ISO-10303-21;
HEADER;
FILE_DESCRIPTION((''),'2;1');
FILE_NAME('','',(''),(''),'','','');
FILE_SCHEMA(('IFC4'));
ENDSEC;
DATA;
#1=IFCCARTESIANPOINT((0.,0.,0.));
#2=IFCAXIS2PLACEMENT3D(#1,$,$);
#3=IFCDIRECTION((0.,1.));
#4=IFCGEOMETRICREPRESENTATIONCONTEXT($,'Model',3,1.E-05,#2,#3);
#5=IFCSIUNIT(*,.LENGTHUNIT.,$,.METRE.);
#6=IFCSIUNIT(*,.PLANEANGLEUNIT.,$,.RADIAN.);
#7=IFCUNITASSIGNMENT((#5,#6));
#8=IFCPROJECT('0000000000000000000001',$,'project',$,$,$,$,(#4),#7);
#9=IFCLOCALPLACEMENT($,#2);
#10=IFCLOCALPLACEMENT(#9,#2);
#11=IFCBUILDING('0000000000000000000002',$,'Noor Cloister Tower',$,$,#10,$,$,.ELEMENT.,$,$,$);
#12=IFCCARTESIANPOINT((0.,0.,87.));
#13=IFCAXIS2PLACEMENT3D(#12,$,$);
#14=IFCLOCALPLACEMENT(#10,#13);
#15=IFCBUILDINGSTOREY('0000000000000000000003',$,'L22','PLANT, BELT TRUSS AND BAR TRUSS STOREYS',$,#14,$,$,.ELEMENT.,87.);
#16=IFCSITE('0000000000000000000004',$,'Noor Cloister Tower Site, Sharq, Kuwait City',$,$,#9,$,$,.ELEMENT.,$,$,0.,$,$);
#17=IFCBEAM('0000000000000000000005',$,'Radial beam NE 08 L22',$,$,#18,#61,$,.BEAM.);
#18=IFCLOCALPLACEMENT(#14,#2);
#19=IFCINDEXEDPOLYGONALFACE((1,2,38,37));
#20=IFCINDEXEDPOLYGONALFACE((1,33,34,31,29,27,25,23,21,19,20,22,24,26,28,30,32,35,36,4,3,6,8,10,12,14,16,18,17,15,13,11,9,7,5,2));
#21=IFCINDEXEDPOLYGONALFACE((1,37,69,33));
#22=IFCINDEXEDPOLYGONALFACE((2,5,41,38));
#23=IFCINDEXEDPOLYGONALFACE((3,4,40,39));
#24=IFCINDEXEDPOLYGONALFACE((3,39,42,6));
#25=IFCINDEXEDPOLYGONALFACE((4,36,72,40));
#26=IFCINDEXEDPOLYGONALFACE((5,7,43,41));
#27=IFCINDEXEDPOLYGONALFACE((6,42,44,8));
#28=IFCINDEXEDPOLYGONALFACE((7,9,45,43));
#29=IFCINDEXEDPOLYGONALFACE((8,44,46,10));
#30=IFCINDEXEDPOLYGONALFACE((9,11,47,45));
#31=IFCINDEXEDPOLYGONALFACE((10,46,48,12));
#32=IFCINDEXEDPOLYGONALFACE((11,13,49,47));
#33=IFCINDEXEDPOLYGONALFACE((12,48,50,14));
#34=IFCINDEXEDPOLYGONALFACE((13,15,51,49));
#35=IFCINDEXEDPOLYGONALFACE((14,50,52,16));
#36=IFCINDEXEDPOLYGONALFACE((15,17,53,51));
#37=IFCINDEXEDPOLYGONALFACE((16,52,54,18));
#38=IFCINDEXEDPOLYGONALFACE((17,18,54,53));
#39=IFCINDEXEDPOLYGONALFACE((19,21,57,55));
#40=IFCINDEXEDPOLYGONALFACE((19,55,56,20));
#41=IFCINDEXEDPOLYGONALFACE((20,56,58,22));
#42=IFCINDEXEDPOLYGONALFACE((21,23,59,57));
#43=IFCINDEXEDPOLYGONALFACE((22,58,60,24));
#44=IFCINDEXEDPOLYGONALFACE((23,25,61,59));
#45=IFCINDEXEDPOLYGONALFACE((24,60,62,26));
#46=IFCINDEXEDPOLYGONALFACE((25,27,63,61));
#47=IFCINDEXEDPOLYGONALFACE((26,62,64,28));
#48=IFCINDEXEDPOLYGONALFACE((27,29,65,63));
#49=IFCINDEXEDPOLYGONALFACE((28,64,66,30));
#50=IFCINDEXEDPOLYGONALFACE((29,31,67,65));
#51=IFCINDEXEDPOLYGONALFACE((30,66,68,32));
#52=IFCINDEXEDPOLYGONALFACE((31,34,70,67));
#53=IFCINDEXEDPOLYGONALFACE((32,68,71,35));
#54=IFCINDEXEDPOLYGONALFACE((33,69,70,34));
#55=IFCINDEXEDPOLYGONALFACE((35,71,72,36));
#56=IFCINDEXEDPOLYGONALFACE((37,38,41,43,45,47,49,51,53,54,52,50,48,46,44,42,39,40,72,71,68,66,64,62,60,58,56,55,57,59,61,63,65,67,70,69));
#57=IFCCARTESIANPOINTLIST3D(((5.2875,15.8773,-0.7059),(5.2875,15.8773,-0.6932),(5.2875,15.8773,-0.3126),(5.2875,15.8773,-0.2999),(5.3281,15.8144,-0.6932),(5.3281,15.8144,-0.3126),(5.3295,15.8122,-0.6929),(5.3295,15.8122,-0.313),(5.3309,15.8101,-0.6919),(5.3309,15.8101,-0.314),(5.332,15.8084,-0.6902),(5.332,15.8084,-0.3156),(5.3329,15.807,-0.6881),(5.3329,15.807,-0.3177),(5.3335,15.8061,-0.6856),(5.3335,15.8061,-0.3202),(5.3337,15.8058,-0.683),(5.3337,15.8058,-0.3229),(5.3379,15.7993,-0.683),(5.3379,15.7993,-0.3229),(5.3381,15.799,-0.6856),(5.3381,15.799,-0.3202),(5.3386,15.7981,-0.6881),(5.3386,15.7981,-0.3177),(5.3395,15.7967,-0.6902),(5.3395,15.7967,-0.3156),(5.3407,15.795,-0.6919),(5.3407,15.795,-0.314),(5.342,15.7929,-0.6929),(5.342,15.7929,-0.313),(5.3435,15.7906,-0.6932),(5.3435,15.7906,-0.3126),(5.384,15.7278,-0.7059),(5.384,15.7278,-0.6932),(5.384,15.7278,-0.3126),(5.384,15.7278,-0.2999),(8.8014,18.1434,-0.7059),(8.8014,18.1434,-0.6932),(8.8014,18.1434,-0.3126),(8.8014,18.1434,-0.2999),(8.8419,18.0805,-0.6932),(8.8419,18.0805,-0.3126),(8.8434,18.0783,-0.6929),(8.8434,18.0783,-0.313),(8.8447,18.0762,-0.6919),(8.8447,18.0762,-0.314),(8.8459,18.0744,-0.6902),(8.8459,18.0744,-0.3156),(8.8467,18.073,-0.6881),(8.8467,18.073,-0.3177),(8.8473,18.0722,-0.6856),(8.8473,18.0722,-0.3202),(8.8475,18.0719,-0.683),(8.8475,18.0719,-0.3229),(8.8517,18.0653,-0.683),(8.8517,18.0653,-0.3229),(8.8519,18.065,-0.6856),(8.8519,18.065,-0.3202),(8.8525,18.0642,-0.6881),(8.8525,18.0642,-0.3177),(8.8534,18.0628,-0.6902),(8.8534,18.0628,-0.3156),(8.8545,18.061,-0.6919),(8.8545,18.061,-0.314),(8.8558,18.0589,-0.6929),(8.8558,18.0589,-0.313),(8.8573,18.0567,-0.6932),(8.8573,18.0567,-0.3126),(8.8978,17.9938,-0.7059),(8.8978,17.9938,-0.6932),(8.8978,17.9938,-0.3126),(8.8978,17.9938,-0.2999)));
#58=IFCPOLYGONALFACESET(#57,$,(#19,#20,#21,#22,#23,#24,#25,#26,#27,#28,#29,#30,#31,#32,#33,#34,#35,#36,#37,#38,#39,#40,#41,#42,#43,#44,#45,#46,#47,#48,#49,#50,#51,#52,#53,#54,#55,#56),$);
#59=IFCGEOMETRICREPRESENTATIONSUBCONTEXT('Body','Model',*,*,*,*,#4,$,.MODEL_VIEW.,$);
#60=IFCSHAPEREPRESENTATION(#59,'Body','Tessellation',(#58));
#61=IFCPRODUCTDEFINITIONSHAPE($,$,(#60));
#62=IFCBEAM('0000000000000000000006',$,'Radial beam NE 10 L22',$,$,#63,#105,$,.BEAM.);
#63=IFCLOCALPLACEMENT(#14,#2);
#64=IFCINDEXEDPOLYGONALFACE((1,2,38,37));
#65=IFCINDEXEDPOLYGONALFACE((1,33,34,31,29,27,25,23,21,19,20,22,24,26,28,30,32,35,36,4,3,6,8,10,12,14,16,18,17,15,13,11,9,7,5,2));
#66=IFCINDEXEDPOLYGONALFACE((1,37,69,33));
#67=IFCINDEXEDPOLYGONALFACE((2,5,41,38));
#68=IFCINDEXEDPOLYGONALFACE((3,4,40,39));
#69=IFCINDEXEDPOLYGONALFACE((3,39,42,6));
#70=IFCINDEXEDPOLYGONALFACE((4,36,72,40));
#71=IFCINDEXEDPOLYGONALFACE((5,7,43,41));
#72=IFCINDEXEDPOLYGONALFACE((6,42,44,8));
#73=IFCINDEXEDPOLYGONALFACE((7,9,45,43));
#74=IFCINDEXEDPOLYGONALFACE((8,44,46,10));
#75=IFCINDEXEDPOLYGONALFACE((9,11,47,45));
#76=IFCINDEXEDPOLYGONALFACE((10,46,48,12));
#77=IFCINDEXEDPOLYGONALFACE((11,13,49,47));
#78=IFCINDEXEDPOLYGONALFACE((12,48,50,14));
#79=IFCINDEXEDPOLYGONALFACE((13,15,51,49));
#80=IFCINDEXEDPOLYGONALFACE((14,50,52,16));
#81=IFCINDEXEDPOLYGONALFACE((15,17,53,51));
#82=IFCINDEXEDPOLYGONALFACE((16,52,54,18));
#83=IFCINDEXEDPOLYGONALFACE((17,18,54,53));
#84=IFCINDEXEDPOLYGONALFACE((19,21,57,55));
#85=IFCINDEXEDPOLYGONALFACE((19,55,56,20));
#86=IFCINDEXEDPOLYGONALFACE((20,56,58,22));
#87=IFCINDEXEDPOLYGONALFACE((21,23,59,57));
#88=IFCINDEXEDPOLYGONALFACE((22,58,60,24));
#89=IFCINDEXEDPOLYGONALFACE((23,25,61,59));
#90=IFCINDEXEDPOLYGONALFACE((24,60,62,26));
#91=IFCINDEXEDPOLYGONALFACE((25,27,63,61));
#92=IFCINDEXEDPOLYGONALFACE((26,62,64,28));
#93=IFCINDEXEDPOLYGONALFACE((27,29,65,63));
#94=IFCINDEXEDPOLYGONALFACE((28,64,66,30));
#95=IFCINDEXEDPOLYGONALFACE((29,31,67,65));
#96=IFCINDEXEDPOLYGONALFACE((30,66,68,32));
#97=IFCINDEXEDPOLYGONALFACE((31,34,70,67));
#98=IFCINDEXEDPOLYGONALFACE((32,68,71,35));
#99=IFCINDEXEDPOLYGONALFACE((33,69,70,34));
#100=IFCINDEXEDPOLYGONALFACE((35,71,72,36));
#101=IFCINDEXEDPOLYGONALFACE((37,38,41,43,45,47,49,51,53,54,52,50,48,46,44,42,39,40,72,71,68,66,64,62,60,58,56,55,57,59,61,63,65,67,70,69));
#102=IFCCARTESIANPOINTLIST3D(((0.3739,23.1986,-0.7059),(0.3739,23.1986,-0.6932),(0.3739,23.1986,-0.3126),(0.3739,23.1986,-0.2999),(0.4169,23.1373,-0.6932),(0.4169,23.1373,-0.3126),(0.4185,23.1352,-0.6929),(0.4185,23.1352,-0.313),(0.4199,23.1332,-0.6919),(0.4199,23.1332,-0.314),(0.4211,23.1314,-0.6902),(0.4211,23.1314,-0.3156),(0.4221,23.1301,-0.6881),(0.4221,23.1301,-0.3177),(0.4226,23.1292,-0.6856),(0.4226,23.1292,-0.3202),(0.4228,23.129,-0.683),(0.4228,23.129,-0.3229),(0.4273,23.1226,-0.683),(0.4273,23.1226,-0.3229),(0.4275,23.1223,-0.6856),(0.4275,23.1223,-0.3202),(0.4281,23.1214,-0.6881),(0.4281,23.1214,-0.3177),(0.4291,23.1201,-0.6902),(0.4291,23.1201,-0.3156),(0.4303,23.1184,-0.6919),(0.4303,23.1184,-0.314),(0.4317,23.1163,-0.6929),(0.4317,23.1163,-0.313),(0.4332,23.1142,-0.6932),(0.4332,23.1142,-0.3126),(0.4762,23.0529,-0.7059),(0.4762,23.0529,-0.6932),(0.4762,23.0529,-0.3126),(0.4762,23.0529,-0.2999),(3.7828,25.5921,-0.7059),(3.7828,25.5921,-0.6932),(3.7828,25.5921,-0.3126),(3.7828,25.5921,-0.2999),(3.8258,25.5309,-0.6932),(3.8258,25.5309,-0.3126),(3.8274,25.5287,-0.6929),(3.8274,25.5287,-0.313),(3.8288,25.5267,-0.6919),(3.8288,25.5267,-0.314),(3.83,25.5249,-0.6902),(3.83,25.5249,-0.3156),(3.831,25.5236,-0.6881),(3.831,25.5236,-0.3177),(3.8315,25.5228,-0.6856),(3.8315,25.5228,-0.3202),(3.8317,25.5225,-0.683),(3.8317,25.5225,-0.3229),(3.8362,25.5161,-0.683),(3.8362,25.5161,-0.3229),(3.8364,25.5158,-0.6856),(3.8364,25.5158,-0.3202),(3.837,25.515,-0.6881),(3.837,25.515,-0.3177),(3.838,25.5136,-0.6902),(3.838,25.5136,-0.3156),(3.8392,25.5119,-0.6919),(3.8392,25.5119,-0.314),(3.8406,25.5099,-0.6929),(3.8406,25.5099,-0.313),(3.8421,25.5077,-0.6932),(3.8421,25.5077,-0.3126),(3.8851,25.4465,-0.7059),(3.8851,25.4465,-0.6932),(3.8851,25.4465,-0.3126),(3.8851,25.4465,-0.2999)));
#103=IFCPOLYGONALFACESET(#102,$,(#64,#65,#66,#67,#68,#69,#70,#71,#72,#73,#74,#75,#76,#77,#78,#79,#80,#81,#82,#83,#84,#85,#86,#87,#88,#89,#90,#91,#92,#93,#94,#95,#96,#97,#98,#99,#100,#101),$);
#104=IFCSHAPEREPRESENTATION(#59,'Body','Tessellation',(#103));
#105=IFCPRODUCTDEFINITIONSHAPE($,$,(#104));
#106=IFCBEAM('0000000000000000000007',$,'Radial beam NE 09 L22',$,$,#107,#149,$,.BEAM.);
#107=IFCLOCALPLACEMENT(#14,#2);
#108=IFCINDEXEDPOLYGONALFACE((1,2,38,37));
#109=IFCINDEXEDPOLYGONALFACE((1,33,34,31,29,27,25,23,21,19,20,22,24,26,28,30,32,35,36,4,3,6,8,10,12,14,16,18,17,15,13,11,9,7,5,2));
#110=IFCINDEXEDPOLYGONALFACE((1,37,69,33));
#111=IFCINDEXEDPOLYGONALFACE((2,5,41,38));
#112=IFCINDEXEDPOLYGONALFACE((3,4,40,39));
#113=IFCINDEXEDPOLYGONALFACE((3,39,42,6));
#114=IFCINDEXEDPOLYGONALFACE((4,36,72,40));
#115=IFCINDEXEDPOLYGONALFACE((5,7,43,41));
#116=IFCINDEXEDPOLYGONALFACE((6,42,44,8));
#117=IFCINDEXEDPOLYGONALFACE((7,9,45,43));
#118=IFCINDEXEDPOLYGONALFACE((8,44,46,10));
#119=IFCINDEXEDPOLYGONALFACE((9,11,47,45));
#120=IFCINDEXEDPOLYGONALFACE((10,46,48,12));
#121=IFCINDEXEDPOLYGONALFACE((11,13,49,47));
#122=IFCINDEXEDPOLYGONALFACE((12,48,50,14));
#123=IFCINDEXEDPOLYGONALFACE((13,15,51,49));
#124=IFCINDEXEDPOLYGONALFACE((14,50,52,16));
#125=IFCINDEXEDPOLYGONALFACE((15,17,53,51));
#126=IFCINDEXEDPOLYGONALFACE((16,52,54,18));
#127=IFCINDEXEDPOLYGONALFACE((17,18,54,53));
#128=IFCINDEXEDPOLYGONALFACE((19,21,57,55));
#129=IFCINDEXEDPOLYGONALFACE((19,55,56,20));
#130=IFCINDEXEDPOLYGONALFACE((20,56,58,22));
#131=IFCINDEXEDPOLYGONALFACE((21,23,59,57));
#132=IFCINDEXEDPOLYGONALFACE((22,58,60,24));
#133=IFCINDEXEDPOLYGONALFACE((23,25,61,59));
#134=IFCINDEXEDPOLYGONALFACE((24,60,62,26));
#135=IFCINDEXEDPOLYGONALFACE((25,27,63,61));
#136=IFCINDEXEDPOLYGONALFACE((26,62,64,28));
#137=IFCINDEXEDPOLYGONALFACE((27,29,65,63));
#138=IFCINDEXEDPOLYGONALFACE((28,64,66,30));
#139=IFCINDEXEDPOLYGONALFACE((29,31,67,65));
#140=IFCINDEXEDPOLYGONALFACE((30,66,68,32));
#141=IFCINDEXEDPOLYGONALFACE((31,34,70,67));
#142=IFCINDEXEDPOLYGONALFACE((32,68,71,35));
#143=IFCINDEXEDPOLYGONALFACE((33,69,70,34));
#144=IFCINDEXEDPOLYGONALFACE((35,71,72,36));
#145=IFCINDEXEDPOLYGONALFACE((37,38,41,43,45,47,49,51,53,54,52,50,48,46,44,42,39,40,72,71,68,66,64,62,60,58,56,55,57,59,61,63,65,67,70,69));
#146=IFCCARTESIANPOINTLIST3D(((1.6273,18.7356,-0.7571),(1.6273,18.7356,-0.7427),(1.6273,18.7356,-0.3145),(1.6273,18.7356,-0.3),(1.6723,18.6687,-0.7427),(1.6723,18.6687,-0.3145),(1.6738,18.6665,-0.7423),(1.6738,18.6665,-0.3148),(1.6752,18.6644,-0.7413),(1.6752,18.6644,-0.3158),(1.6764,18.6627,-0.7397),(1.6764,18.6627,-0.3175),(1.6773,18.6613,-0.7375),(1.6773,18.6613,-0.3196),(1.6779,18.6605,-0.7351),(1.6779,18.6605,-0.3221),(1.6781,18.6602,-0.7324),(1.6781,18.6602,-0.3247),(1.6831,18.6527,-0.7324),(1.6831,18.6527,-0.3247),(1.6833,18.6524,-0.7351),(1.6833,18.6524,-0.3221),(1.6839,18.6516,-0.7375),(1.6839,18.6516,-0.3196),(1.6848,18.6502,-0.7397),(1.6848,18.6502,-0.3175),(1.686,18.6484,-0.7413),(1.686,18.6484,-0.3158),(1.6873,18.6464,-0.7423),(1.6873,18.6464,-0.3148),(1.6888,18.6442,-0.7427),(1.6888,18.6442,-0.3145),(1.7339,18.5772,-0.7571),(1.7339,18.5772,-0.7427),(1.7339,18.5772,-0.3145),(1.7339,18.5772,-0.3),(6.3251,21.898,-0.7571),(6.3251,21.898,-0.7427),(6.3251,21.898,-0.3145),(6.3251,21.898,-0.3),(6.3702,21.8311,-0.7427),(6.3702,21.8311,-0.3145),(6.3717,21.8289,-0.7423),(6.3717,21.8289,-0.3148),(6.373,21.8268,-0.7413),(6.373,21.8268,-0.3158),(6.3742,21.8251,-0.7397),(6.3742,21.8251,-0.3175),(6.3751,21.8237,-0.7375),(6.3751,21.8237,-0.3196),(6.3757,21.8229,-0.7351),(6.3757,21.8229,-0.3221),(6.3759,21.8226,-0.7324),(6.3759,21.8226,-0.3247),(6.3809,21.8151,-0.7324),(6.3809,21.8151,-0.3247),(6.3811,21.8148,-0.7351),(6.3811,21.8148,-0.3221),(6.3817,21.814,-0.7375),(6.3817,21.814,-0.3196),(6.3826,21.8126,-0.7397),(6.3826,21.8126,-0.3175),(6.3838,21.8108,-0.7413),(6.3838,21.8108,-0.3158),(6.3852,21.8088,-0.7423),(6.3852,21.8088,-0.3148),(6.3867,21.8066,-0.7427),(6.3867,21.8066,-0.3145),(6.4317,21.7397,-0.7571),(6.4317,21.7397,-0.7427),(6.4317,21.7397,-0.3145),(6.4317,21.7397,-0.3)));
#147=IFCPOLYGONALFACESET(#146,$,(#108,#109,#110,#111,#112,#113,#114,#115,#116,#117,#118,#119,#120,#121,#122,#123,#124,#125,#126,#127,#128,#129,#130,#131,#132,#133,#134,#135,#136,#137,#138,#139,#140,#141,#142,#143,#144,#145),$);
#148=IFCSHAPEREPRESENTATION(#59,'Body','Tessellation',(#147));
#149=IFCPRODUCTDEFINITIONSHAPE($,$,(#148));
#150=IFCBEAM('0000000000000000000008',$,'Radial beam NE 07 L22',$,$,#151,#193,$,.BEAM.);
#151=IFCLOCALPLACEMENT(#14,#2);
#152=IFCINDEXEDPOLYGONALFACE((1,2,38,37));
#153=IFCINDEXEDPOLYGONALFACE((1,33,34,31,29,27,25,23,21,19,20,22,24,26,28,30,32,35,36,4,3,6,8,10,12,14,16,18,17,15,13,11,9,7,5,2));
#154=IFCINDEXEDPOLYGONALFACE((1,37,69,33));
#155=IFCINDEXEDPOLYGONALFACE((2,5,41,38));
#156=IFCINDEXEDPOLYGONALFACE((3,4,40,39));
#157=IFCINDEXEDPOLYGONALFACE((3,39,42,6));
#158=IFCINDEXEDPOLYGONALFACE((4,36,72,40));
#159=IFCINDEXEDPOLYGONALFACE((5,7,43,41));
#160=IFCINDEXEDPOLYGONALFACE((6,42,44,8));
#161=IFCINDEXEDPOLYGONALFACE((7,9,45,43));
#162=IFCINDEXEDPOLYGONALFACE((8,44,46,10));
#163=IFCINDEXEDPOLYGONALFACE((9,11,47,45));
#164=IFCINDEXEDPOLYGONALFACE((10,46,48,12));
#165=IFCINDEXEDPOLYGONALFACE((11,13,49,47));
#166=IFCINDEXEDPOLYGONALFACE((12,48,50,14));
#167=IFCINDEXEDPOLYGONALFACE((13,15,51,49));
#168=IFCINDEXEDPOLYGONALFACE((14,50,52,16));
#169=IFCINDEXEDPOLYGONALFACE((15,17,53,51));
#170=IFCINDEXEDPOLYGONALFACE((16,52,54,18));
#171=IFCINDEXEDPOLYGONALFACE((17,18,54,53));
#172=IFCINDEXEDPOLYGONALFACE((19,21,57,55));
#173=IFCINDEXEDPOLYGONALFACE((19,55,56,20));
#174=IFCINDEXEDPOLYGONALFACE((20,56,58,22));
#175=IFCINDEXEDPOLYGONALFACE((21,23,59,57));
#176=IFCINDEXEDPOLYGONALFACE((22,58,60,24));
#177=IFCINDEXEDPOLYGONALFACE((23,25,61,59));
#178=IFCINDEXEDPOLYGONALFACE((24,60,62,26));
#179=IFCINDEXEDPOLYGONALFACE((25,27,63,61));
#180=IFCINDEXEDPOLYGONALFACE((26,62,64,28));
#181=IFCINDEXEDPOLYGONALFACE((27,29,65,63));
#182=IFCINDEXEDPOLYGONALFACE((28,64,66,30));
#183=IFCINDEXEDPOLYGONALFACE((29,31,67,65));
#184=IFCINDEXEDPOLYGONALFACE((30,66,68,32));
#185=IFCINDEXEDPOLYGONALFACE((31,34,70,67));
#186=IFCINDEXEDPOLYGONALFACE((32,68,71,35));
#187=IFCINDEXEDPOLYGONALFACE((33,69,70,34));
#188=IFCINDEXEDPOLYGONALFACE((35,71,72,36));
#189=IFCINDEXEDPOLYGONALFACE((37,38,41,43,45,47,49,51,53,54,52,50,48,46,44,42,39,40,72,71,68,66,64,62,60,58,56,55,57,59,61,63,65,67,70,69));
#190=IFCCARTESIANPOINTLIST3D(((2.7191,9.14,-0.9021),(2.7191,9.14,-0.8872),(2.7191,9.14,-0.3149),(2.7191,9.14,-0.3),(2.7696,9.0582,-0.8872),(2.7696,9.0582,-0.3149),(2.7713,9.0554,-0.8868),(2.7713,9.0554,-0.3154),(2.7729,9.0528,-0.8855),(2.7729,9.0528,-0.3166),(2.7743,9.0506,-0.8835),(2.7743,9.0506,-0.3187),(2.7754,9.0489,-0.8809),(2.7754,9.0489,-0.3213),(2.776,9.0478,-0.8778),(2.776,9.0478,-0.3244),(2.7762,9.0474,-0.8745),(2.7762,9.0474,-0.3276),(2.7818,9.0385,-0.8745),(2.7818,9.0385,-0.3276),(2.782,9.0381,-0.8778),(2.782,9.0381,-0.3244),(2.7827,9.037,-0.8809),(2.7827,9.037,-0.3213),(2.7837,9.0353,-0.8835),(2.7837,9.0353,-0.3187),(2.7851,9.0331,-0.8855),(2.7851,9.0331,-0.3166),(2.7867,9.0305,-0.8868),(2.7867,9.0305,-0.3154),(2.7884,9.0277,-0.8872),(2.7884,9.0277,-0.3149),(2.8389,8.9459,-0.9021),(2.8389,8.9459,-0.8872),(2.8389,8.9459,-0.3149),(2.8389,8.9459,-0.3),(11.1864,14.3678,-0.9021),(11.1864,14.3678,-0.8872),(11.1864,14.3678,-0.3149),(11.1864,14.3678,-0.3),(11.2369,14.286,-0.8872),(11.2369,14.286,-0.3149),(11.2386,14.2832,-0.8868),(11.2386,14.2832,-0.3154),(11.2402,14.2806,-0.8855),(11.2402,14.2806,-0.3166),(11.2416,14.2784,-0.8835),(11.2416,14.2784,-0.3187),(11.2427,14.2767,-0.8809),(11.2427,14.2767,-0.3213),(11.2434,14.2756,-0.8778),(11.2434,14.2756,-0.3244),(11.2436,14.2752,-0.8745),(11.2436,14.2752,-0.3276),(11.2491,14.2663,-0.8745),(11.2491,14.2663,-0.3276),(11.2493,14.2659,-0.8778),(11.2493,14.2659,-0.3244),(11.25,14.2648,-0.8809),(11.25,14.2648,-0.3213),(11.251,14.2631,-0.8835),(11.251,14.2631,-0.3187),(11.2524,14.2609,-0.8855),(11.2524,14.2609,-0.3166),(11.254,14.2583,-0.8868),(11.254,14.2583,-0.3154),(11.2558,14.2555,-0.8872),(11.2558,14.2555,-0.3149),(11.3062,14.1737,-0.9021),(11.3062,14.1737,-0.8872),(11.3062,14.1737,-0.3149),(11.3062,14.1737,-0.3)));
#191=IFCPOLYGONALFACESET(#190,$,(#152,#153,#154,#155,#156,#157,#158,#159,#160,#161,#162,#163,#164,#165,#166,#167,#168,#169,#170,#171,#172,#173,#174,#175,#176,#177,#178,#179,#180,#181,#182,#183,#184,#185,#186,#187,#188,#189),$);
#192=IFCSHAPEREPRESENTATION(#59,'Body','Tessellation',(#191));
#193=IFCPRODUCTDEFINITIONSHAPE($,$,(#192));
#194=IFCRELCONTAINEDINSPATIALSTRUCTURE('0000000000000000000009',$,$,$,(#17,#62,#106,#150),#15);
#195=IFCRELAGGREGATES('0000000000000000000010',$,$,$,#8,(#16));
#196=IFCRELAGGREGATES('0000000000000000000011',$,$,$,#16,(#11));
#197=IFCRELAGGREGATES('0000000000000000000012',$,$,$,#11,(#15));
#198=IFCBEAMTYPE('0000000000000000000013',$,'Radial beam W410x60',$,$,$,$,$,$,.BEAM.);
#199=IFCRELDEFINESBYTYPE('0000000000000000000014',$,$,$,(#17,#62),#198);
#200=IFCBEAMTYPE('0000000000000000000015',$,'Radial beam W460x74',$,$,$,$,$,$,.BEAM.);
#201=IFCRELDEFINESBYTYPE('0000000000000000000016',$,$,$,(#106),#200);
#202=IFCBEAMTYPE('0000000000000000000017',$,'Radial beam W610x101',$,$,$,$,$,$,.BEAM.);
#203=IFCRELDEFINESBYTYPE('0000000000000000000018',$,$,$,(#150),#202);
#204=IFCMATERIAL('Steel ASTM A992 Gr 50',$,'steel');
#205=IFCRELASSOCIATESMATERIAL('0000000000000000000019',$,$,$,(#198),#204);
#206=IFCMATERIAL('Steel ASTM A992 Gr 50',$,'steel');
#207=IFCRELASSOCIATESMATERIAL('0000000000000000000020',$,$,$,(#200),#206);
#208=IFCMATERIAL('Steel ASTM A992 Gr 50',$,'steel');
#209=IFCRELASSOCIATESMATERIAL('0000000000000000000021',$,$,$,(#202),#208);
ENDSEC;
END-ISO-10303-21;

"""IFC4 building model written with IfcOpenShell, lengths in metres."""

from ifc_helpers import new_model, si_unit, direction, frame, origin, origin_2d, place, context, subcontext, project, spatial, i_section, extrude, material, material_profile, profile_set, type_object, element, save


model = new_model("IFC4")

# Units and contexts
model_context = context("Model", 3, precision=1e-05, world=origin(), true_north=direction((0.0, 1.0)))
body_context = subcontext(model_context, "Body", "Model", "MODEL_VIEW")
ifc_project = project(units=[si_unit("LENGTHUNIT", "METRE"), si_unit("PLANEANGLEUNIT", "RADIAN")], contexts=[model_context])

# Site, building, storey
site_placement = place(None, origin())
site = spatial("IfcSite", under=ifc_project, at=site_placement, Name="Noor Cloister Tower Site, Sharq, Kuwait City", CompositionType="ELEMENT", RefElevation=0.0)
building_placement = place(site_placement, origin())
building = spatial("IfcBuilding", under=site, at=building_placement, Name="Noor Cloister Tower", CompositionType="ELEMENT")
storey_placement = place(building_placement, frame((0.0, 0.0, 87.0)))
storey = spatial("IfcBuildingStorey", under=building, at=storey_placement, Name="L22", Description="PLANT, BELT TRUSS AND BAR TRUSS STOREYS", CompositionType="ELEMENT", Elevation=87.0)

# Beams
ifc_material_1 = material(Name="Steel ASTM A992 Gr 50", Category="steel")
ifc_material_profile_1 = material_profile(ifc_material_1, i_section(OverallWidth=0.178, OverallDepth=0.406, WebThickness=0.0078, FlangeThickness=0.0127, FilletRadius=0.0103, at=origin_2d()), Name="W410x60")
ifc_profile_set_1 = profile_set([ifc_material_profile_1], Name="Steel ASTM A992 Gr 50")
beam_type_1 = type_object("IfcBeamType", Name="Radial beam W410x60", PredefinedType="BEAM", material=ifc_profile_set_1)
beam_1_placement = place(storey_placement, frame((8.8496, 18.0686, -0.5029), z_axis=(-0.840398, -0.54197, 0.0), x_axis=(0.54197, -0.840398, 0.0)))
element("IfcBeam", 1, at=beam_1_placement, inside=storey, type_object=beam_type_1, Name="Radial beam NE 08 L22", PredefinedType="BEAM", context=body_context, shape_type="SweptSolid", body=[
    extrude(i_section(OverallWidth=0.178, OverallDepth=0.406, WebThickness=0.0078, FlangeThickness=0.0127, FilletRadius=0.0103, at=origin_2d()), origin(), (0.0, 0.0, 1.0), 4.1812),
])
beam_2_placement = place(storey_placement, frame((3.834, 25.5193, -0.5029), z_axis=(-0.818408, -0.574638, 0.0), x_axis=(0.574638, -0.818408, 0.0)))
element("IfcBeam", 2, at=beam_2_placement, inside=storey, type_object=beam_type_1, Name="Radial beam NE 10 L22", PredefinedType="BEAM", context=body_context, shape_type="SweptSolid", body=[
    extrude(i_section(OverallWidth=0.178, OverallDepth=0.406, WebThickness=0.0078, FlangeThickness=0.0127, FilletRadius=0.0103, at=origin_2d()), origin(), (0.0, 0.0, 1.0), 4.1653),
])
ifc_material_2 = material(Name="Steel ASTM A992 Gr 50", Category="steel")
ifc_material_profile_2 = material_profile(ifc_material_2, i_section(OverallWidth=0.1909, OverallDepth=0.457, WebThickness=0.009, FlangeThickness=0.0144, FilletRadius=0.0103, at=origin_2d()), Name="W460x74")
ifc_profile_set_2 = profile_set([ifc_material_profile_2], Name="Steel ASTM A992 Gr 50")
beam_type_2 = type_object("IfcBeamType", Name="Radial beam W460x74", PredefinedType="BEAM", material=ifc_profile_set_2)
beam_3_placement = place(storey_placement, frame((6.3784, 21.8188, -0.5286), z_axis=(-0.829555, -0.558425, 0.0), x_axis=(0.558425, -0.829555, 0.0)))
element("IfcBeam", 3, at=beam_3_placement, inside=storey, type_object=beam_type_2, Name="Radial beam NE 09 L22", PredefinedType="BEAM", context=body_context, shape_type="SweptSolid", body=[
    extrude(i_section(OverallWidth=0.1909, OverallDepth=0.457, WebThickness=0.009, FlangeThickness=0.0144, FilletRadius=0.0103, at=origin_2d()), origin(), (0.0, 0.0, 1.0), 5.6631),
])
ifc_material_3 = material(Name="Steel ASTM A992 Gr 50", Category="steel")
ifc_material_profile_3 = material_profile(ifc_material_3, i_section(OverallWidth=0.228, OverallDepth=0.6021, WebThickness=0.0105, FlangeThickness=0.0149, FilletRadius=0.0127, at=origin_2d()), Name="W610x101")
ifc_profile_set_3 = profile_set([ifc_material_profile_3], Name="Steel ASTM A992 Gr 50")
beam_type_3 = type_object("IfcBeamType", Name="Radial beam W610x101", PredefinedType="BEAM", material=ifc_profile_set_3)
beam_4_placement = place(storey_placement, frame((11.2463, 14.2708, -0.6011), z_axis=(-0.850888, -0.525347, 0.0), x_axis=(0.525347, -0.850888, 0.0)))
element("IfcBeam", 4, at=beam_4_placement, inside=storey, type_object=beam_type_3, Name="Radial beam NE 07 L22", PredefinedType="BEAM", context=body_context, shape_type="SweptSolid", body=[
    extrude(i_section(OverallWidth=0.228, OverallDepth=0.6021, WebThickness=0.0105, FlangeThickness=0.0149, FilletRadius=0.0127, at=origin_2d()), origin(), (0.0, 0.0, 1.0), 9.9512),
])

save(model, "model.ifc")
